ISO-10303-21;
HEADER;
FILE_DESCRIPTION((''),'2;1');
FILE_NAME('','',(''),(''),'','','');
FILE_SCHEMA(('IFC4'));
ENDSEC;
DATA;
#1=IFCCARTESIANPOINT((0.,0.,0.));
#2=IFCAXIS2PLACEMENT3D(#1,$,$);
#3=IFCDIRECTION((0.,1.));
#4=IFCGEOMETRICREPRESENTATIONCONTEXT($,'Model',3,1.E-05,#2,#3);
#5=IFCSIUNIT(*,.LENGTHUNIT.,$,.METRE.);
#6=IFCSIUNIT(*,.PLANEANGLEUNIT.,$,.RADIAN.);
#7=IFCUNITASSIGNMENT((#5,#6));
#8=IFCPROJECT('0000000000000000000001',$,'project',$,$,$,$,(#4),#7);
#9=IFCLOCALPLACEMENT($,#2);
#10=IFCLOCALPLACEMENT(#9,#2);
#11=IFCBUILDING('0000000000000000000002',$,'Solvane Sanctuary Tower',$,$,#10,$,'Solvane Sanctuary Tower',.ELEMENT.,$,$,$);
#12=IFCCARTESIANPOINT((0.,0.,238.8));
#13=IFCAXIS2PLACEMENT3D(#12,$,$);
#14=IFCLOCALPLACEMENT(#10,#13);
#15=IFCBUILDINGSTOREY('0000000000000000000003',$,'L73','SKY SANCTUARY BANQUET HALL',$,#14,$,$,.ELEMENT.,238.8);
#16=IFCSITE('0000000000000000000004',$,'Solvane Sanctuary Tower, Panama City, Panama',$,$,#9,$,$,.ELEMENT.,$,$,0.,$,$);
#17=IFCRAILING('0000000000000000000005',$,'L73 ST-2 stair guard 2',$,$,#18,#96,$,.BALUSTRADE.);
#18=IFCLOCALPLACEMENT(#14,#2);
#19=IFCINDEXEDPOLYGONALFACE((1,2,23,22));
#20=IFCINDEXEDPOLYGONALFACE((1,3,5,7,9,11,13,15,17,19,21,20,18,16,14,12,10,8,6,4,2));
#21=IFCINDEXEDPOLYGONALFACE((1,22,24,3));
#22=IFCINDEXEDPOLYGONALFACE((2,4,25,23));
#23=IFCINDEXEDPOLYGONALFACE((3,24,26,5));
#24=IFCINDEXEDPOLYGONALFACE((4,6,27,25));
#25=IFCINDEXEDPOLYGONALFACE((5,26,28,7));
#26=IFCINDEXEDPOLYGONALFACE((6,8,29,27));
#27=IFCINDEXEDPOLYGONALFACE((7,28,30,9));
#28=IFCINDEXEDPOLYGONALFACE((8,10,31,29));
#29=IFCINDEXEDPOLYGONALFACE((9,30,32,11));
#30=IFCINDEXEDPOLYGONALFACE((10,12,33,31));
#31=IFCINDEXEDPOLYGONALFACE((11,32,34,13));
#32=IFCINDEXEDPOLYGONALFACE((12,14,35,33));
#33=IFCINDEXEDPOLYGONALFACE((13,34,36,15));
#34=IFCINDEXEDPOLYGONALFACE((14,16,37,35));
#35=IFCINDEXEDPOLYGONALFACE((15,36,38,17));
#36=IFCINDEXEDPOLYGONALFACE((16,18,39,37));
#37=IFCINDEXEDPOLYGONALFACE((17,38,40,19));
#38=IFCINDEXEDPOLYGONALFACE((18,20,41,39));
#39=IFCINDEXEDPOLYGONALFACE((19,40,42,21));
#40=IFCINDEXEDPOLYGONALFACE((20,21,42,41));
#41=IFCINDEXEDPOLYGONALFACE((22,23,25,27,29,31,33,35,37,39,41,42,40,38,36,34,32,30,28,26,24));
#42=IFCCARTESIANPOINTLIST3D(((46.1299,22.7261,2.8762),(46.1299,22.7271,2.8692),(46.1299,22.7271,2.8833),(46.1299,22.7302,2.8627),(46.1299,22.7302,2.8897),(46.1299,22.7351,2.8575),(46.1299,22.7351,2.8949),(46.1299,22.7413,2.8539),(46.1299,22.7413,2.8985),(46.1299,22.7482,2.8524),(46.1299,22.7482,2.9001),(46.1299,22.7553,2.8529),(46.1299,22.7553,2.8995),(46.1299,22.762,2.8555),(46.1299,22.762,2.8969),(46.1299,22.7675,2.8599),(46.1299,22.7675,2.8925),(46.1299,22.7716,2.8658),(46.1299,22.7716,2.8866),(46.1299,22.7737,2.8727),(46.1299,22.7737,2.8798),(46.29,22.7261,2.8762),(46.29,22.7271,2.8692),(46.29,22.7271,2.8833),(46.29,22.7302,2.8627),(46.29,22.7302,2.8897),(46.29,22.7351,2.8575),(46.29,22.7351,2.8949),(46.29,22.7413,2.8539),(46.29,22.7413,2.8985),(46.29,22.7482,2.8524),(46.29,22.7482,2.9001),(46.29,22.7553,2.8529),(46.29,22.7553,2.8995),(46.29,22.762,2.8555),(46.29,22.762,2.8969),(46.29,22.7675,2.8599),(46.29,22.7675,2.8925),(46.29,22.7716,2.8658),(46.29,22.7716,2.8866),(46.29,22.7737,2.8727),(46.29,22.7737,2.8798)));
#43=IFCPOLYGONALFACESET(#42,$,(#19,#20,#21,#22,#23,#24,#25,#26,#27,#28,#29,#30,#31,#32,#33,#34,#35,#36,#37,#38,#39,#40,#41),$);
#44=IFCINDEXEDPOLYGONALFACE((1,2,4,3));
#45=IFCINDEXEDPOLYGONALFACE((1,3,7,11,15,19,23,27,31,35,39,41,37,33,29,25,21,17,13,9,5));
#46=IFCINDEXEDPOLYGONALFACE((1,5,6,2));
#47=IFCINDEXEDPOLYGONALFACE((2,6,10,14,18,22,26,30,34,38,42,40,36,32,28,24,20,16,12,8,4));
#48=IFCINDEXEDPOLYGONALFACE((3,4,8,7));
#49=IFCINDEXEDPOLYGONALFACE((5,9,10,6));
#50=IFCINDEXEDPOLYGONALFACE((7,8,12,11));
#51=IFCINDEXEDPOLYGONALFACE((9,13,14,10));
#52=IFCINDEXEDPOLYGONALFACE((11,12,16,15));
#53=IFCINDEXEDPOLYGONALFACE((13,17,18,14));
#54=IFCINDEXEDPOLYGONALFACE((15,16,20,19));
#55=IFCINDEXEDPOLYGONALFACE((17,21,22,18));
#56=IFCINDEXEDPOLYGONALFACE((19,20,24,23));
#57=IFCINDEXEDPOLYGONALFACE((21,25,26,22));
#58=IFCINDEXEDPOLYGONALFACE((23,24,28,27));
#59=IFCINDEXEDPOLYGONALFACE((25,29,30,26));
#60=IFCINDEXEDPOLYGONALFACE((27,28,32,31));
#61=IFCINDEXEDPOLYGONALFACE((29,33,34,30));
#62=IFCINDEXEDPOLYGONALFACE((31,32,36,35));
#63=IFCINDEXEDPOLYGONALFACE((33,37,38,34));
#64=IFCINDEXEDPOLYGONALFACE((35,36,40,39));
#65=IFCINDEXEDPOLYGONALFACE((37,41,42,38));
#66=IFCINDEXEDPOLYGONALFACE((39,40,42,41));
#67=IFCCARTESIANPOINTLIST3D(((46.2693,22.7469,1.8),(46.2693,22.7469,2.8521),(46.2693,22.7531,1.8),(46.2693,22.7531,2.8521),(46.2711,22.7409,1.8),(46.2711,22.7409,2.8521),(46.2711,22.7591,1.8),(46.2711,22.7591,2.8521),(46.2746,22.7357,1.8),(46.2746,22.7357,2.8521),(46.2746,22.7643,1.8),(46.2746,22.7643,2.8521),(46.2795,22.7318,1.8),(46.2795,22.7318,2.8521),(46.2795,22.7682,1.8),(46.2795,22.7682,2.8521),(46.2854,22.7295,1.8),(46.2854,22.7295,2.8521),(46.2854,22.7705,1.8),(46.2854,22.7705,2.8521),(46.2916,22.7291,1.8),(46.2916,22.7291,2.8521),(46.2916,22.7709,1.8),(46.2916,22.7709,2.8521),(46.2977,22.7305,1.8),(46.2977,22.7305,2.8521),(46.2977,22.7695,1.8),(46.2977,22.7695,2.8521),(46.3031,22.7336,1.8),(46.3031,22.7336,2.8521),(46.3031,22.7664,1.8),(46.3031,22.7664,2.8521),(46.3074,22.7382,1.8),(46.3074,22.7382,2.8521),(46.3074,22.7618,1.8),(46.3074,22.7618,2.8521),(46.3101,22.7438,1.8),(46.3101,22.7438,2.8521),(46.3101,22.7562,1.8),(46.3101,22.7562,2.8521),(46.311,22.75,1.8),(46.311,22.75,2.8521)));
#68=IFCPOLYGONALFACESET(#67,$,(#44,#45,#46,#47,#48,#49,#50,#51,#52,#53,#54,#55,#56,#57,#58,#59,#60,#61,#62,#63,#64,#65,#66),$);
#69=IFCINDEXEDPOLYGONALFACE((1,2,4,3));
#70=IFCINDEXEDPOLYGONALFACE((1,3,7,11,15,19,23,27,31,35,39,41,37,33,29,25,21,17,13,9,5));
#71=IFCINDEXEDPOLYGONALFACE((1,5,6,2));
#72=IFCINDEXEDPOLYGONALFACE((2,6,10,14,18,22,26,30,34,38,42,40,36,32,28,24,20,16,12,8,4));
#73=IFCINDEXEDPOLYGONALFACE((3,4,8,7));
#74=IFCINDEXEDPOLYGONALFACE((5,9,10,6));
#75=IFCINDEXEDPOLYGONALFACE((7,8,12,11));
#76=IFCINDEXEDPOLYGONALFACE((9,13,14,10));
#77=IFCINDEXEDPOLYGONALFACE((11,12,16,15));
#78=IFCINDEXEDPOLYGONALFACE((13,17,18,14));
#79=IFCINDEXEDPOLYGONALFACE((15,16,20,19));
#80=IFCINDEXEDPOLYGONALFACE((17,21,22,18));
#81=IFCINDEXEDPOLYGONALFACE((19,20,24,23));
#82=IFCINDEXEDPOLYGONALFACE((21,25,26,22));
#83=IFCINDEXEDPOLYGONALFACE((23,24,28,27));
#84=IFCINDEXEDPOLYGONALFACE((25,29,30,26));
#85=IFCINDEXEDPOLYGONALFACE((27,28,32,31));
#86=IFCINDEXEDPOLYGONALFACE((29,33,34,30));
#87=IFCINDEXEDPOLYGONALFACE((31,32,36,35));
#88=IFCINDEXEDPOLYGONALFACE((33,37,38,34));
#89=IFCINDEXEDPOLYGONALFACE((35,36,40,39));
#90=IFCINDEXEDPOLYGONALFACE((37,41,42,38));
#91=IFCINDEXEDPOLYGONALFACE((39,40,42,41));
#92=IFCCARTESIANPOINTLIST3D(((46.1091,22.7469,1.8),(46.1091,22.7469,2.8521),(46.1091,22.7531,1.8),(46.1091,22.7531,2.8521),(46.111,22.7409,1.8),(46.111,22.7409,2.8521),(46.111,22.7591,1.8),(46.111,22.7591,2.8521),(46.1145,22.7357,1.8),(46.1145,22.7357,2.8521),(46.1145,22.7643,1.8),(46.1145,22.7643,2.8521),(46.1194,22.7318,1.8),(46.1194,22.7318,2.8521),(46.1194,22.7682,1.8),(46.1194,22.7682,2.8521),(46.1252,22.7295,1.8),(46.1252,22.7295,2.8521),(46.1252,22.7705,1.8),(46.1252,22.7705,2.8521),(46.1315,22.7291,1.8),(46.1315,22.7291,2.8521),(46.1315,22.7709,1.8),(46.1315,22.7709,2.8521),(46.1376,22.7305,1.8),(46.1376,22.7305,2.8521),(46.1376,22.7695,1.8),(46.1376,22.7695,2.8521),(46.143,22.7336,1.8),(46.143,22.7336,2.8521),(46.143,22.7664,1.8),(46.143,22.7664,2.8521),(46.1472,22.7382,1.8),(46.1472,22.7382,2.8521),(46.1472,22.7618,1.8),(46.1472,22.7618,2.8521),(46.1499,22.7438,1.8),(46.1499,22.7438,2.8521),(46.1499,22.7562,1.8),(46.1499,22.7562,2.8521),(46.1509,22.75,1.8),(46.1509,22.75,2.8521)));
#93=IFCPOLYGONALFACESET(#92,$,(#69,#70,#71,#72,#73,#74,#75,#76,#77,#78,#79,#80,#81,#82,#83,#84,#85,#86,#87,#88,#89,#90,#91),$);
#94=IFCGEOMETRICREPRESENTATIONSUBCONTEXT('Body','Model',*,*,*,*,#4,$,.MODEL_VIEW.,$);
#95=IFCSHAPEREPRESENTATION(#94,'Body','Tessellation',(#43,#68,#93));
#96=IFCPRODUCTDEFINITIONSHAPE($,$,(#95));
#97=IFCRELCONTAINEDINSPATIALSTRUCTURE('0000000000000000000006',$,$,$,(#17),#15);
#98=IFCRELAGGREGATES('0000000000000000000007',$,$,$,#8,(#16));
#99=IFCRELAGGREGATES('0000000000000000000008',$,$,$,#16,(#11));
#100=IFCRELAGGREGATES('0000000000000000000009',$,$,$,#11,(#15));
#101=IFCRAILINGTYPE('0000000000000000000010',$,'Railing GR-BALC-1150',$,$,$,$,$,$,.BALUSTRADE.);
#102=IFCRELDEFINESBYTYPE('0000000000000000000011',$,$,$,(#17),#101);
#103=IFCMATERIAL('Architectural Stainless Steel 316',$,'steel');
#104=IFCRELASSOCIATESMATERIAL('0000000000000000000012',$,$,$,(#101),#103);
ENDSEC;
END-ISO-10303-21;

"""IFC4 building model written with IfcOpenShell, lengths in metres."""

from ifc_helpers import new_model, si_unit, direction, frame, origin, origin_2d, place, context, subcontext, project, spatial, circle, extrude, material, type_object, element, save


model = new_model("IFC4")

# Units and contexts
model_context = context("Model", 3, precision=1e-05, world=origin(), true_north=direction((0.0, 1.0)))
body_context = subcontext(model_context, "Body", "Model", "MODEL_VIEW")
ifc_project = project(units=[si_unit("LENGTHUNIT", "METRE"), si_unit("PLANEANGLEUNIT", "RADIAN")], contexts=[model_context])

# Site, building, storey
site_placement = place(None, origin())
site = spatial("IfcSite", under=ifc_project, at=site_placement, Name="Solvane Sanctuary Tower, Panama City, Panama", CompositionType="ELEMENT", RefElevation=0.0)
building_placement = place(site_placement, origin())
building = spatial("IfcBuilding", under=site, at=building_placement, Name="Solvane Sanctuary Tower", LongName="Solvane Sanctuary Tower", CompositionType="ELEMENT")
storey_placement = place(building_placement, frame((0.0, 0.0, 238.8)))
storey = spatial("IfcBuildingStorey", under=building, at=storey_placement, Name="L73", Description="SKY SANCTUARY BANQUET HALL", CompositionType="ELEMENT", Elevation=238.8)

# Railing
ifc_material_1 = material(Name="Architectural Stainless Steel 316", Category="steel")
railing_type_1 = type_object("IfcRailingType", Name="Railing GR-BALC-1150", PredefinedType="BALUSTRADE", material=ifc_material_1)
railing_1_placement = place(storey_placement, frame((46.29, 22.75, 1.8)))
element("IfcRailing", 1, at=railing_1_placement, inside=storey, type_object=railing_type_1, Name="L73 ST-2 stair guard 2", PredefinedType="BALUSTRADE", context=body_context, shape_type="SweptSolid", body=[
    extrude(circle(Radius=0.0239, at=origin_2d()), frame((0.0, 0.0, 1.0762), z_axis=(-1.0, 0.0, 0.0), x_axis=(0.0, -1.0, 0.0)), (0.0, 0.0, 1.0), 0.1602),
    extrude(circle(Radius=0.021, at=origin_2d()), origin(), (0.0, 0.0, 1.0), 1.052),
    extrude(circle(Radius=0.021, at=origin_2d()), frame((-0.1602, 0.0, 0.0)), (0.0, 0.0, 1.0), 1.052),
])

save(model, "model.ifc")
